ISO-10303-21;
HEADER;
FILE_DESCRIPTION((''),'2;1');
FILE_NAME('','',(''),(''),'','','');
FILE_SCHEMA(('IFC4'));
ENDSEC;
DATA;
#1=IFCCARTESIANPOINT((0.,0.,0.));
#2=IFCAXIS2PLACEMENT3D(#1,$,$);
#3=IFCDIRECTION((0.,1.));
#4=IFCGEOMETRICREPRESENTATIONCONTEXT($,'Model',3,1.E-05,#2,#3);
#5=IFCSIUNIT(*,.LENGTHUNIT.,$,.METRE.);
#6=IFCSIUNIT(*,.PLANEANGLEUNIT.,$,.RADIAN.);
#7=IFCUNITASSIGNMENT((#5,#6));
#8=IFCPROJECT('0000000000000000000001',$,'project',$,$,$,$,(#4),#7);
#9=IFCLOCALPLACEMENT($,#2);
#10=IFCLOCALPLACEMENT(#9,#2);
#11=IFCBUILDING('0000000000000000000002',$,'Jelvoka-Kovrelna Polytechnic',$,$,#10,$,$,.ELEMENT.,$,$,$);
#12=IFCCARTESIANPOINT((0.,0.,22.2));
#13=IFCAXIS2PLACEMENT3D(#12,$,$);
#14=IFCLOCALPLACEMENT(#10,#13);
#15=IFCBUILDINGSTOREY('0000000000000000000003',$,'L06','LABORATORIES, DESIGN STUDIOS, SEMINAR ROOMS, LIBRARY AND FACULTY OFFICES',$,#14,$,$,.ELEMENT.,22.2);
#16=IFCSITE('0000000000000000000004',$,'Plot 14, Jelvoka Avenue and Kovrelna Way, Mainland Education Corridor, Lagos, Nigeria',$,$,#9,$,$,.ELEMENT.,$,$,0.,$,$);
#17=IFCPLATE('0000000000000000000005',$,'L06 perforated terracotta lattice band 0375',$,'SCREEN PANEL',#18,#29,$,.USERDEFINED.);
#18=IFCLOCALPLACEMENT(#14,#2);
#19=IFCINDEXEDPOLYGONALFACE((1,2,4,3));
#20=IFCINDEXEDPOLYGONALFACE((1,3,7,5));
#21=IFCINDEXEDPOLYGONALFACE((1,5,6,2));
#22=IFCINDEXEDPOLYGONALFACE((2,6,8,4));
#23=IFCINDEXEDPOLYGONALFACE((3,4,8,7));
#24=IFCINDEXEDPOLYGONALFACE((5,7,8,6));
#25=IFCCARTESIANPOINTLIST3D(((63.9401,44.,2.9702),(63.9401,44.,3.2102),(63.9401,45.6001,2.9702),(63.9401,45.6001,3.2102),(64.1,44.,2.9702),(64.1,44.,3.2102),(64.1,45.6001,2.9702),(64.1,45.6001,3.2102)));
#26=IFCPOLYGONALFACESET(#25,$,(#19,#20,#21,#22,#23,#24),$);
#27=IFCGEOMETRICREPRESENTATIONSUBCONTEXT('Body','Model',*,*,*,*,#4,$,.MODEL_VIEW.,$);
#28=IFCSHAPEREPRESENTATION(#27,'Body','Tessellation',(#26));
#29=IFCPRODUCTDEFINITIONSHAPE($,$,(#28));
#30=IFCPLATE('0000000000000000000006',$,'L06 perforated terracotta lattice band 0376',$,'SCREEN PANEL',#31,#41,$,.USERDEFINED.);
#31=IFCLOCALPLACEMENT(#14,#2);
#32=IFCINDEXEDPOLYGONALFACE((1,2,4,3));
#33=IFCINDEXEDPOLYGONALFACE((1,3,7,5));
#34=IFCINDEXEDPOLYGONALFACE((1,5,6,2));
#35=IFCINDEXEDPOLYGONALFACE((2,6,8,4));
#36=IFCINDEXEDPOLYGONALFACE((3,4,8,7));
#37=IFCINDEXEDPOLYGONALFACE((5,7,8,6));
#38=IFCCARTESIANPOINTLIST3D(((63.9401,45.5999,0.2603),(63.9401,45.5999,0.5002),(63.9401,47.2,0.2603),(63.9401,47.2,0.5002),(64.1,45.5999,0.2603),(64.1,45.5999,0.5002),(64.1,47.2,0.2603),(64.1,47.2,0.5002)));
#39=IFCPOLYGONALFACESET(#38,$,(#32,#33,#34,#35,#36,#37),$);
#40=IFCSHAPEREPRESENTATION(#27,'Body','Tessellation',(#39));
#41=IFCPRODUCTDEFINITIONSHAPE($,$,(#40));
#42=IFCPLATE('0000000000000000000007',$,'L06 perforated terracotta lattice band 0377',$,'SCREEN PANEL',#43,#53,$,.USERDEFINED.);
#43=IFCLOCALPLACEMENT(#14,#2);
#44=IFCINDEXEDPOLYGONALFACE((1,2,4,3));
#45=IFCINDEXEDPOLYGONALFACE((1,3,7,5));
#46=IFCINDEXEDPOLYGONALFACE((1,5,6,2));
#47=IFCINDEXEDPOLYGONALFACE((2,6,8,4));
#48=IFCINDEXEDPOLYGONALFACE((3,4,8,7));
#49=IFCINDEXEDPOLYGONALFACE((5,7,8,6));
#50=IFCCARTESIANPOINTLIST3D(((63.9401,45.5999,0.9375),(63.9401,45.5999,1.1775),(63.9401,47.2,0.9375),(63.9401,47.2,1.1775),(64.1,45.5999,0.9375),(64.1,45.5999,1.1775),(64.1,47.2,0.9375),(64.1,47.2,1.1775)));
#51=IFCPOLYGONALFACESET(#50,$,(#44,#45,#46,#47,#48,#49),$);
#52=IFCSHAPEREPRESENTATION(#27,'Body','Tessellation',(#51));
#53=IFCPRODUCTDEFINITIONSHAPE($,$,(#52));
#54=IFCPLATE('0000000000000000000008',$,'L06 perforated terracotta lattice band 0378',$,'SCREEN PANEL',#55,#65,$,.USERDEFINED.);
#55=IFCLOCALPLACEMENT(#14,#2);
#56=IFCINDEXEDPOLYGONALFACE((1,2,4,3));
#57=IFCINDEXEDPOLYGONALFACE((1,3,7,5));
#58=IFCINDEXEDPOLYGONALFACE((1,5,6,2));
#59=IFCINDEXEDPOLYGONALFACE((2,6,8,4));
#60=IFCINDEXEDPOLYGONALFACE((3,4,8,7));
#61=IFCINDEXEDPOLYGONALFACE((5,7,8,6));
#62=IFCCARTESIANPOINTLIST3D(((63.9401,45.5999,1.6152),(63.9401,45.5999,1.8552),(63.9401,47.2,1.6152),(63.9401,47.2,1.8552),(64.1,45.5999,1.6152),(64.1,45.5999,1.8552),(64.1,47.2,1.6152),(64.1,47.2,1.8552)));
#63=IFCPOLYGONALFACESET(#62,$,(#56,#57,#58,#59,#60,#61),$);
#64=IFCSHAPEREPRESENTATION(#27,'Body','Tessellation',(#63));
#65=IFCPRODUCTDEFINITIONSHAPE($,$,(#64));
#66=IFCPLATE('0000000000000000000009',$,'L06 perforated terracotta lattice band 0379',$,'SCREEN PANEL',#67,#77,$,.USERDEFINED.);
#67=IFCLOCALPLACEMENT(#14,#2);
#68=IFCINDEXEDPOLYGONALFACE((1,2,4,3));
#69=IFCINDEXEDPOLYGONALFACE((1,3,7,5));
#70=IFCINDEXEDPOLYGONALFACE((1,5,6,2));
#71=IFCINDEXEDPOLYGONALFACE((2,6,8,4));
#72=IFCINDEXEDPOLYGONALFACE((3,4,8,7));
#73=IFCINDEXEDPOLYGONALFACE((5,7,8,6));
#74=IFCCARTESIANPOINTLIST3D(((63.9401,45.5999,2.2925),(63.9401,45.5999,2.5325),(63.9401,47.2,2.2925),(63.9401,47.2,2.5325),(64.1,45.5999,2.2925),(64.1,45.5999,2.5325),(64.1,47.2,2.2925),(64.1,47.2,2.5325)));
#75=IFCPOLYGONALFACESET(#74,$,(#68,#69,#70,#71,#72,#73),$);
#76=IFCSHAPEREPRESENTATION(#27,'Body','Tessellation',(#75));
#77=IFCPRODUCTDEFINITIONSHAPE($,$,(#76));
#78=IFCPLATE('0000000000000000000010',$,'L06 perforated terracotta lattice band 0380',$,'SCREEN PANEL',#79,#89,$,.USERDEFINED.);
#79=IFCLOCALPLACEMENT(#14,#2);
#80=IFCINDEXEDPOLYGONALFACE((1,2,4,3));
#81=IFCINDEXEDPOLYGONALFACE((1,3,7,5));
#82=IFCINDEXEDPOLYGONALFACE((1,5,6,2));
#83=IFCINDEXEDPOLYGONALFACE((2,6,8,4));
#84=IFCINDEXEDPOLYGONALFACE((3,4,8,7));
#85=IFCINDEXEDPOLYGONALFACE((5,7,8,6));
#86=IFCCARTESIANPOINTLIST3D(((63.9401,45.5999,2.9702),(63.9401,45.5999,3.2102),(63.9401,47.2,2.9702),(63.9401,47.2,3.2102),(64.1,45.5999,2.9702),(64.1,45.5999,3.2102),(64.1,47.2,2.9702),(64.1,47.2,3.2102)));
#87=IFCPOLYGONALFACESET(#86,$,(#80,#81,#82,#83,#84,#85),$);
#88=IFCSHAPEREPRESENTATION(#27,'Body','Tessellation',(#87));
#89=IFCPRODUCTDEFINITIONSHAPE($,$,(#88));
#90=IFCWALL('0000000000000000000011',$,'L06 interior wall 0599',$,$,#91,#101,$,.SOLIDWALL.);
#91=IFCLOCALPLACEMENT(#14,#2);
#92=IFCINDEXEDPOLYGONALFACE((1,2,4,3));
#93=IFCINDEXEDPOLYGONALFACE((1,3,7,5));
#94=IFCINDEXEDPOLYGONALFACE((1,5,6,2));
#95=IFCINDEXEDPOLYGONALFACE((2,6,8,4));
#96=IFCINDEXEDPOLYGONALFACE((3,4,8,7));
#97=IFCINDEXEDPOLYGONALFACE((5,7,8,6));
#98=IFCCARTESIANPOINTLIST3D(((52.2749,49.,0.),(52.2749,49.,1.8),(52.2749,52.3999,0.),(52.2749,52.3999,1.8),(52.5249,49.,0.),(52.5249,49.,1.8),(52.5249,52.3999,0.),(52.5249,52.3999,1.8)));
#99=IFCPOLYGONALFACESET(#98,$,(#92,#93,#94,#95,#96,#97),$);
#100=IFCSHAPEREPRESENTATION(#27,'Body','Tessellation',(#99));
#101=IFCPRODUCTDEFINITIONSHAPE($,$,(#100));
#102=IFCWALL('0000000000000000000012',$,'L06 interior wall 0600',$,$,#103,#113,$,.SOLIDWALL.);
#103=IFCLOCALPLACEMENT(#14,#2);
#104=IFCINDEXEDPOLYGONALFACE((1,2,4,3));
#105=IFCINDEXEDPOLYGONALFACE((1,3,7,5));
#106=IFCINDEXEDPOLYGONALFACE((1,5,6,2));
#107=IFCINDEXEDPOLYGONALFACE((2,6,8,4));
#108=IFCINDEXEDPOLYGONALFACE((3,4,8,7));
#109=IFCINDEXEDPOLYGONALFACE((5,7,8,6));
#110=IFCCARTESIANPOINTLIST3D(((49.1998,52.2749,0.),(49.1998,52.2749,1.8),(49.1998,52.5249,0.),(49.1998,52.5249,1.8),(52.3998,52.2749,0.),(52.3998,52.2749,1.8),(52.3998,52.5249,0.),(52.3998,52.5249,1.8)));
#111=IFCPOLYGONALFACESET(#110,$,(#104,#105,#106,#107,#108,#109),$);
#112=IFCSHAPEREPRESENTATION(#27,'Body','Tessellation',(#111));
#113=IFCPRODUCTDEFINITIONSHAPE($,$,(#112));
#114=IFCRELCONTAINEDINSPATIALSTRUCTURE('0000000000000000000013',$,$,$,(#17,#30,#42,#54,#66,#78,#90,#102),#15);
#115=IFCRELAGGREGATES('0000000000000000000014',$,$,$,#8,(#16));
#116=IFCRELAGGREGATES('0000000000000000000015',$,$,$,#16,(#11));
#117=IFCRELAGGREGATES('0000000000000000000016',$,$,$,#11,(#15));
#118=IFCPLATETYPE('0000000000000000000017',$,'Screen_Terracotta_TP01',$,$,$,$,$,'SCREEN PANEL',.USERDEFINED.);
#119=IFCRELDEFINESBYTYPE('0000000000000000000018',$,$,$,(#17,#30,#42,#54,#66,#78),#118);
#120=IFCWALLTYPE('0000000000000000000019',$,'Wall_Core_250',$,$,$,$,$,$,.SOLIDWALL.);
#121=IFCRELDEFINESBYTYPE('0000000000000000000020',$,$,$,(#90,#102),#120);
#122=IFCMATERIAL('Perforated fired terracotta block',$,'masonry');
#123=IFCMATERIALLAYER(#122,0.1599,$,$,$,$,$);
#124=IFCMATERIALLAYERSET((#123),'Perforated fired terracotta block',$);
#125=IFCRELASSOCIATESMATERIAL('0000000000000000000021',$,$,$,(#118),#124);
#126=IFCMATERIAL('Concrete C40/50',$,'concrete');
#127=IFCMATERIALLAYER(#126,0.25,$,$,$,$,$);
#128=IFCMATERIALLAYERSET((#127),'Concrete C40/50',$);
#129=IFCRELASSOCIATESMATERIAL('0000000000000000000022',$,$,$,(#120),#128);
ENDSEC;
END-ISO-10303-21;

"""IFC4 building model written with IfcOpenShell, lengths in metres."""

from ifc_helpers import new_model, si_unit, direction, frame, frame_2d, origin, origin_2d, place, context, subcontext, project, spatial, rectangle, extrude, material, layer, layer_set, type_object, element, save


model = new_model("IFC4")

# Units and contexts
model_context = context("Model", 3, precision=1e-05, world=origin(), true_north=direction((0.0, 1.0)))
body_context = subcontext(model_context, "Body", "Model", "MODEL_VIEW")
ifc_project = project(units=[si_unit("LENGTHUNIT", "METRE"), si_unit("PLANEANGLEUNIT", "RADIAN")], contexts=[model_context])

# Site, building, storey
site_placement = place(None, origin())
site = spatial("IfcSite", under=ifc_project, at=site_placement, Name="Plot 14, Jelvoka Avenue and Kovrelna Way, Mainland Education Corridor, Lagos, Nigeria", CompositionType="ELEMENT", RefElevation=0.0)
building_placement = place(site_placement, origin())
building = spatial("IfcBuilding", under=site, at=building_placement, Name="Jelvoka-Kovrelna Polytechnic", CompositionType="ELEMENT")
storey_placement = place(building_placement, frame((0.0, 0.0, 22.2)))
storey = spatial("IfcBuildingStorey", under=building, at=storey_placement, Name="L06", Description="LABORATORIES, DESIGN STUDIOS, SEMINAR ROOMS, LIBRARY AND FACULTY OFFICES", CompositionType="ELEMENT", Elevation=22.2)

# Plates
ifc_material_1 = material(Name="Perforated fired terracotta block", Category="masonry")
ifc_layer_1 = layer(ifc_material_1, 0.1599)
ifc_layer_set_1 = layer_set([ifc_layer_1], Name="Perforated fired terracotta block")
plate_type = type_object("IfcPlateType", Name="Screen_Terracotta_TP01", ElementType="SCREEN PANEL", PredefinedType="USERDEFINED", material=ifc_layer_set_1)
for number, where, z_axis, x_axis, name in (
    (1, (64.02, 44.8, 2.9702), (0.0, 0.0, 1.0), (0.0, 1.0, 0.0), "L06 perforated terracotta lattice band 0375"),
    (2, (64.02, 46.3999, 0.2603), (0.0, 0.0, 1.0), (0.0, 1.0, 0.0), "L06 perforated terracotta lattice band 0376"),
    (3, (64.02, 46.3999, 0.9375), (0.0, 0.0, 1.0), (0.0, 1.0, 0.0), "L06 perforated terracotta lattice band 0377"),
    (4, (64.02, 46.3999, 1.6152), (0.0, 0.0, 1.0), (0.0, 1.0, 0.0), "L06 perforated terracotta lattice band 0378"),
    (5, (64.02, 46.3999, 2.2925), (0.0, 0.0, 1.0), (0.0, 1.0, 0.0), "L06 perforated terracotta lattice band 0379"),
    (6, (64.02, 46.3999, 2.9702), (0.0, 0.0, 1.0), (0.0, 1.0, 0.0), "L06 perforated terracotta lattice band 0380"),
):
    element("IfcPlate", number, at=place(storey_placement, frame(where, z_axis=z_axis, x_axis=x_axis)), inside=storey, type_object=plate_type, Name=name, ObjectType="SCREEN PANEL", PredefinedType="USERDEFINED", context=body_context, shape_type="SweptSolid", body=[
        extrude(rectangle(XDim=1.6001, YDim=0.1599, at=origin_2d()), origin(), (0.0, 0.0, 1.0), 0.24),
    ])

# Walls
ifc_material_2 = material(Name="Concrete C40/50", Category="concrete")
ifc_layer_2 = layer(ifc_material_2, 0.25)
ifc_layer_set_2 = layer_set([ifc_layer_2], Name="Concrete C40/50")
wall_type = type_object("IfcWallType", Name="Wall_Core_250", PredefinedType="SOLIDWALL", material=ifc_layer_set_2)
wall_1_placement = place(storey_placement, frame((52.3999, 49.0, 0.0), z_axis=(0.0, 0.0, 1.0), x_axis=(0.0, 1.0, 0.0)))
element("IfcWall", 7, at=wall_1_placement, inside=storey, type_object=wall_type, Name="L06 interior wall 0599", PredefinedType="SOLIDWALL", context=body_context, shape_type="SweptSolid", body=[
    extrude(rectangle(XDim=3.3999, YDim=0.25, at=frame_2d((1.7, 0.0))), origin(), (0.0, 0.0, 1.0), 1.8),
])
wall_2_placement = place(storey_placement, frame((52.3999, 52.3999, 0.0), z_axis=(0.0, 0.0, 1.0), x_axis=(-1.0, 0.0, 0.0)))
element("IfcWall", 8, at=wall_2_placement, inside=storey, type_object=wall_type, Name="L06 interior wall 0600", PredefinedType="SOLIDWALL", context=body_context, shape_type="SweptSolid", body=[
    extrude(rectangle(XDim=3.2, YDim=0.25, at=frame_2d((1.6001, 0.0))), origin(), (0.0, 0.0, 1.0), 1.8),
])

save(model, "model.ifc")
